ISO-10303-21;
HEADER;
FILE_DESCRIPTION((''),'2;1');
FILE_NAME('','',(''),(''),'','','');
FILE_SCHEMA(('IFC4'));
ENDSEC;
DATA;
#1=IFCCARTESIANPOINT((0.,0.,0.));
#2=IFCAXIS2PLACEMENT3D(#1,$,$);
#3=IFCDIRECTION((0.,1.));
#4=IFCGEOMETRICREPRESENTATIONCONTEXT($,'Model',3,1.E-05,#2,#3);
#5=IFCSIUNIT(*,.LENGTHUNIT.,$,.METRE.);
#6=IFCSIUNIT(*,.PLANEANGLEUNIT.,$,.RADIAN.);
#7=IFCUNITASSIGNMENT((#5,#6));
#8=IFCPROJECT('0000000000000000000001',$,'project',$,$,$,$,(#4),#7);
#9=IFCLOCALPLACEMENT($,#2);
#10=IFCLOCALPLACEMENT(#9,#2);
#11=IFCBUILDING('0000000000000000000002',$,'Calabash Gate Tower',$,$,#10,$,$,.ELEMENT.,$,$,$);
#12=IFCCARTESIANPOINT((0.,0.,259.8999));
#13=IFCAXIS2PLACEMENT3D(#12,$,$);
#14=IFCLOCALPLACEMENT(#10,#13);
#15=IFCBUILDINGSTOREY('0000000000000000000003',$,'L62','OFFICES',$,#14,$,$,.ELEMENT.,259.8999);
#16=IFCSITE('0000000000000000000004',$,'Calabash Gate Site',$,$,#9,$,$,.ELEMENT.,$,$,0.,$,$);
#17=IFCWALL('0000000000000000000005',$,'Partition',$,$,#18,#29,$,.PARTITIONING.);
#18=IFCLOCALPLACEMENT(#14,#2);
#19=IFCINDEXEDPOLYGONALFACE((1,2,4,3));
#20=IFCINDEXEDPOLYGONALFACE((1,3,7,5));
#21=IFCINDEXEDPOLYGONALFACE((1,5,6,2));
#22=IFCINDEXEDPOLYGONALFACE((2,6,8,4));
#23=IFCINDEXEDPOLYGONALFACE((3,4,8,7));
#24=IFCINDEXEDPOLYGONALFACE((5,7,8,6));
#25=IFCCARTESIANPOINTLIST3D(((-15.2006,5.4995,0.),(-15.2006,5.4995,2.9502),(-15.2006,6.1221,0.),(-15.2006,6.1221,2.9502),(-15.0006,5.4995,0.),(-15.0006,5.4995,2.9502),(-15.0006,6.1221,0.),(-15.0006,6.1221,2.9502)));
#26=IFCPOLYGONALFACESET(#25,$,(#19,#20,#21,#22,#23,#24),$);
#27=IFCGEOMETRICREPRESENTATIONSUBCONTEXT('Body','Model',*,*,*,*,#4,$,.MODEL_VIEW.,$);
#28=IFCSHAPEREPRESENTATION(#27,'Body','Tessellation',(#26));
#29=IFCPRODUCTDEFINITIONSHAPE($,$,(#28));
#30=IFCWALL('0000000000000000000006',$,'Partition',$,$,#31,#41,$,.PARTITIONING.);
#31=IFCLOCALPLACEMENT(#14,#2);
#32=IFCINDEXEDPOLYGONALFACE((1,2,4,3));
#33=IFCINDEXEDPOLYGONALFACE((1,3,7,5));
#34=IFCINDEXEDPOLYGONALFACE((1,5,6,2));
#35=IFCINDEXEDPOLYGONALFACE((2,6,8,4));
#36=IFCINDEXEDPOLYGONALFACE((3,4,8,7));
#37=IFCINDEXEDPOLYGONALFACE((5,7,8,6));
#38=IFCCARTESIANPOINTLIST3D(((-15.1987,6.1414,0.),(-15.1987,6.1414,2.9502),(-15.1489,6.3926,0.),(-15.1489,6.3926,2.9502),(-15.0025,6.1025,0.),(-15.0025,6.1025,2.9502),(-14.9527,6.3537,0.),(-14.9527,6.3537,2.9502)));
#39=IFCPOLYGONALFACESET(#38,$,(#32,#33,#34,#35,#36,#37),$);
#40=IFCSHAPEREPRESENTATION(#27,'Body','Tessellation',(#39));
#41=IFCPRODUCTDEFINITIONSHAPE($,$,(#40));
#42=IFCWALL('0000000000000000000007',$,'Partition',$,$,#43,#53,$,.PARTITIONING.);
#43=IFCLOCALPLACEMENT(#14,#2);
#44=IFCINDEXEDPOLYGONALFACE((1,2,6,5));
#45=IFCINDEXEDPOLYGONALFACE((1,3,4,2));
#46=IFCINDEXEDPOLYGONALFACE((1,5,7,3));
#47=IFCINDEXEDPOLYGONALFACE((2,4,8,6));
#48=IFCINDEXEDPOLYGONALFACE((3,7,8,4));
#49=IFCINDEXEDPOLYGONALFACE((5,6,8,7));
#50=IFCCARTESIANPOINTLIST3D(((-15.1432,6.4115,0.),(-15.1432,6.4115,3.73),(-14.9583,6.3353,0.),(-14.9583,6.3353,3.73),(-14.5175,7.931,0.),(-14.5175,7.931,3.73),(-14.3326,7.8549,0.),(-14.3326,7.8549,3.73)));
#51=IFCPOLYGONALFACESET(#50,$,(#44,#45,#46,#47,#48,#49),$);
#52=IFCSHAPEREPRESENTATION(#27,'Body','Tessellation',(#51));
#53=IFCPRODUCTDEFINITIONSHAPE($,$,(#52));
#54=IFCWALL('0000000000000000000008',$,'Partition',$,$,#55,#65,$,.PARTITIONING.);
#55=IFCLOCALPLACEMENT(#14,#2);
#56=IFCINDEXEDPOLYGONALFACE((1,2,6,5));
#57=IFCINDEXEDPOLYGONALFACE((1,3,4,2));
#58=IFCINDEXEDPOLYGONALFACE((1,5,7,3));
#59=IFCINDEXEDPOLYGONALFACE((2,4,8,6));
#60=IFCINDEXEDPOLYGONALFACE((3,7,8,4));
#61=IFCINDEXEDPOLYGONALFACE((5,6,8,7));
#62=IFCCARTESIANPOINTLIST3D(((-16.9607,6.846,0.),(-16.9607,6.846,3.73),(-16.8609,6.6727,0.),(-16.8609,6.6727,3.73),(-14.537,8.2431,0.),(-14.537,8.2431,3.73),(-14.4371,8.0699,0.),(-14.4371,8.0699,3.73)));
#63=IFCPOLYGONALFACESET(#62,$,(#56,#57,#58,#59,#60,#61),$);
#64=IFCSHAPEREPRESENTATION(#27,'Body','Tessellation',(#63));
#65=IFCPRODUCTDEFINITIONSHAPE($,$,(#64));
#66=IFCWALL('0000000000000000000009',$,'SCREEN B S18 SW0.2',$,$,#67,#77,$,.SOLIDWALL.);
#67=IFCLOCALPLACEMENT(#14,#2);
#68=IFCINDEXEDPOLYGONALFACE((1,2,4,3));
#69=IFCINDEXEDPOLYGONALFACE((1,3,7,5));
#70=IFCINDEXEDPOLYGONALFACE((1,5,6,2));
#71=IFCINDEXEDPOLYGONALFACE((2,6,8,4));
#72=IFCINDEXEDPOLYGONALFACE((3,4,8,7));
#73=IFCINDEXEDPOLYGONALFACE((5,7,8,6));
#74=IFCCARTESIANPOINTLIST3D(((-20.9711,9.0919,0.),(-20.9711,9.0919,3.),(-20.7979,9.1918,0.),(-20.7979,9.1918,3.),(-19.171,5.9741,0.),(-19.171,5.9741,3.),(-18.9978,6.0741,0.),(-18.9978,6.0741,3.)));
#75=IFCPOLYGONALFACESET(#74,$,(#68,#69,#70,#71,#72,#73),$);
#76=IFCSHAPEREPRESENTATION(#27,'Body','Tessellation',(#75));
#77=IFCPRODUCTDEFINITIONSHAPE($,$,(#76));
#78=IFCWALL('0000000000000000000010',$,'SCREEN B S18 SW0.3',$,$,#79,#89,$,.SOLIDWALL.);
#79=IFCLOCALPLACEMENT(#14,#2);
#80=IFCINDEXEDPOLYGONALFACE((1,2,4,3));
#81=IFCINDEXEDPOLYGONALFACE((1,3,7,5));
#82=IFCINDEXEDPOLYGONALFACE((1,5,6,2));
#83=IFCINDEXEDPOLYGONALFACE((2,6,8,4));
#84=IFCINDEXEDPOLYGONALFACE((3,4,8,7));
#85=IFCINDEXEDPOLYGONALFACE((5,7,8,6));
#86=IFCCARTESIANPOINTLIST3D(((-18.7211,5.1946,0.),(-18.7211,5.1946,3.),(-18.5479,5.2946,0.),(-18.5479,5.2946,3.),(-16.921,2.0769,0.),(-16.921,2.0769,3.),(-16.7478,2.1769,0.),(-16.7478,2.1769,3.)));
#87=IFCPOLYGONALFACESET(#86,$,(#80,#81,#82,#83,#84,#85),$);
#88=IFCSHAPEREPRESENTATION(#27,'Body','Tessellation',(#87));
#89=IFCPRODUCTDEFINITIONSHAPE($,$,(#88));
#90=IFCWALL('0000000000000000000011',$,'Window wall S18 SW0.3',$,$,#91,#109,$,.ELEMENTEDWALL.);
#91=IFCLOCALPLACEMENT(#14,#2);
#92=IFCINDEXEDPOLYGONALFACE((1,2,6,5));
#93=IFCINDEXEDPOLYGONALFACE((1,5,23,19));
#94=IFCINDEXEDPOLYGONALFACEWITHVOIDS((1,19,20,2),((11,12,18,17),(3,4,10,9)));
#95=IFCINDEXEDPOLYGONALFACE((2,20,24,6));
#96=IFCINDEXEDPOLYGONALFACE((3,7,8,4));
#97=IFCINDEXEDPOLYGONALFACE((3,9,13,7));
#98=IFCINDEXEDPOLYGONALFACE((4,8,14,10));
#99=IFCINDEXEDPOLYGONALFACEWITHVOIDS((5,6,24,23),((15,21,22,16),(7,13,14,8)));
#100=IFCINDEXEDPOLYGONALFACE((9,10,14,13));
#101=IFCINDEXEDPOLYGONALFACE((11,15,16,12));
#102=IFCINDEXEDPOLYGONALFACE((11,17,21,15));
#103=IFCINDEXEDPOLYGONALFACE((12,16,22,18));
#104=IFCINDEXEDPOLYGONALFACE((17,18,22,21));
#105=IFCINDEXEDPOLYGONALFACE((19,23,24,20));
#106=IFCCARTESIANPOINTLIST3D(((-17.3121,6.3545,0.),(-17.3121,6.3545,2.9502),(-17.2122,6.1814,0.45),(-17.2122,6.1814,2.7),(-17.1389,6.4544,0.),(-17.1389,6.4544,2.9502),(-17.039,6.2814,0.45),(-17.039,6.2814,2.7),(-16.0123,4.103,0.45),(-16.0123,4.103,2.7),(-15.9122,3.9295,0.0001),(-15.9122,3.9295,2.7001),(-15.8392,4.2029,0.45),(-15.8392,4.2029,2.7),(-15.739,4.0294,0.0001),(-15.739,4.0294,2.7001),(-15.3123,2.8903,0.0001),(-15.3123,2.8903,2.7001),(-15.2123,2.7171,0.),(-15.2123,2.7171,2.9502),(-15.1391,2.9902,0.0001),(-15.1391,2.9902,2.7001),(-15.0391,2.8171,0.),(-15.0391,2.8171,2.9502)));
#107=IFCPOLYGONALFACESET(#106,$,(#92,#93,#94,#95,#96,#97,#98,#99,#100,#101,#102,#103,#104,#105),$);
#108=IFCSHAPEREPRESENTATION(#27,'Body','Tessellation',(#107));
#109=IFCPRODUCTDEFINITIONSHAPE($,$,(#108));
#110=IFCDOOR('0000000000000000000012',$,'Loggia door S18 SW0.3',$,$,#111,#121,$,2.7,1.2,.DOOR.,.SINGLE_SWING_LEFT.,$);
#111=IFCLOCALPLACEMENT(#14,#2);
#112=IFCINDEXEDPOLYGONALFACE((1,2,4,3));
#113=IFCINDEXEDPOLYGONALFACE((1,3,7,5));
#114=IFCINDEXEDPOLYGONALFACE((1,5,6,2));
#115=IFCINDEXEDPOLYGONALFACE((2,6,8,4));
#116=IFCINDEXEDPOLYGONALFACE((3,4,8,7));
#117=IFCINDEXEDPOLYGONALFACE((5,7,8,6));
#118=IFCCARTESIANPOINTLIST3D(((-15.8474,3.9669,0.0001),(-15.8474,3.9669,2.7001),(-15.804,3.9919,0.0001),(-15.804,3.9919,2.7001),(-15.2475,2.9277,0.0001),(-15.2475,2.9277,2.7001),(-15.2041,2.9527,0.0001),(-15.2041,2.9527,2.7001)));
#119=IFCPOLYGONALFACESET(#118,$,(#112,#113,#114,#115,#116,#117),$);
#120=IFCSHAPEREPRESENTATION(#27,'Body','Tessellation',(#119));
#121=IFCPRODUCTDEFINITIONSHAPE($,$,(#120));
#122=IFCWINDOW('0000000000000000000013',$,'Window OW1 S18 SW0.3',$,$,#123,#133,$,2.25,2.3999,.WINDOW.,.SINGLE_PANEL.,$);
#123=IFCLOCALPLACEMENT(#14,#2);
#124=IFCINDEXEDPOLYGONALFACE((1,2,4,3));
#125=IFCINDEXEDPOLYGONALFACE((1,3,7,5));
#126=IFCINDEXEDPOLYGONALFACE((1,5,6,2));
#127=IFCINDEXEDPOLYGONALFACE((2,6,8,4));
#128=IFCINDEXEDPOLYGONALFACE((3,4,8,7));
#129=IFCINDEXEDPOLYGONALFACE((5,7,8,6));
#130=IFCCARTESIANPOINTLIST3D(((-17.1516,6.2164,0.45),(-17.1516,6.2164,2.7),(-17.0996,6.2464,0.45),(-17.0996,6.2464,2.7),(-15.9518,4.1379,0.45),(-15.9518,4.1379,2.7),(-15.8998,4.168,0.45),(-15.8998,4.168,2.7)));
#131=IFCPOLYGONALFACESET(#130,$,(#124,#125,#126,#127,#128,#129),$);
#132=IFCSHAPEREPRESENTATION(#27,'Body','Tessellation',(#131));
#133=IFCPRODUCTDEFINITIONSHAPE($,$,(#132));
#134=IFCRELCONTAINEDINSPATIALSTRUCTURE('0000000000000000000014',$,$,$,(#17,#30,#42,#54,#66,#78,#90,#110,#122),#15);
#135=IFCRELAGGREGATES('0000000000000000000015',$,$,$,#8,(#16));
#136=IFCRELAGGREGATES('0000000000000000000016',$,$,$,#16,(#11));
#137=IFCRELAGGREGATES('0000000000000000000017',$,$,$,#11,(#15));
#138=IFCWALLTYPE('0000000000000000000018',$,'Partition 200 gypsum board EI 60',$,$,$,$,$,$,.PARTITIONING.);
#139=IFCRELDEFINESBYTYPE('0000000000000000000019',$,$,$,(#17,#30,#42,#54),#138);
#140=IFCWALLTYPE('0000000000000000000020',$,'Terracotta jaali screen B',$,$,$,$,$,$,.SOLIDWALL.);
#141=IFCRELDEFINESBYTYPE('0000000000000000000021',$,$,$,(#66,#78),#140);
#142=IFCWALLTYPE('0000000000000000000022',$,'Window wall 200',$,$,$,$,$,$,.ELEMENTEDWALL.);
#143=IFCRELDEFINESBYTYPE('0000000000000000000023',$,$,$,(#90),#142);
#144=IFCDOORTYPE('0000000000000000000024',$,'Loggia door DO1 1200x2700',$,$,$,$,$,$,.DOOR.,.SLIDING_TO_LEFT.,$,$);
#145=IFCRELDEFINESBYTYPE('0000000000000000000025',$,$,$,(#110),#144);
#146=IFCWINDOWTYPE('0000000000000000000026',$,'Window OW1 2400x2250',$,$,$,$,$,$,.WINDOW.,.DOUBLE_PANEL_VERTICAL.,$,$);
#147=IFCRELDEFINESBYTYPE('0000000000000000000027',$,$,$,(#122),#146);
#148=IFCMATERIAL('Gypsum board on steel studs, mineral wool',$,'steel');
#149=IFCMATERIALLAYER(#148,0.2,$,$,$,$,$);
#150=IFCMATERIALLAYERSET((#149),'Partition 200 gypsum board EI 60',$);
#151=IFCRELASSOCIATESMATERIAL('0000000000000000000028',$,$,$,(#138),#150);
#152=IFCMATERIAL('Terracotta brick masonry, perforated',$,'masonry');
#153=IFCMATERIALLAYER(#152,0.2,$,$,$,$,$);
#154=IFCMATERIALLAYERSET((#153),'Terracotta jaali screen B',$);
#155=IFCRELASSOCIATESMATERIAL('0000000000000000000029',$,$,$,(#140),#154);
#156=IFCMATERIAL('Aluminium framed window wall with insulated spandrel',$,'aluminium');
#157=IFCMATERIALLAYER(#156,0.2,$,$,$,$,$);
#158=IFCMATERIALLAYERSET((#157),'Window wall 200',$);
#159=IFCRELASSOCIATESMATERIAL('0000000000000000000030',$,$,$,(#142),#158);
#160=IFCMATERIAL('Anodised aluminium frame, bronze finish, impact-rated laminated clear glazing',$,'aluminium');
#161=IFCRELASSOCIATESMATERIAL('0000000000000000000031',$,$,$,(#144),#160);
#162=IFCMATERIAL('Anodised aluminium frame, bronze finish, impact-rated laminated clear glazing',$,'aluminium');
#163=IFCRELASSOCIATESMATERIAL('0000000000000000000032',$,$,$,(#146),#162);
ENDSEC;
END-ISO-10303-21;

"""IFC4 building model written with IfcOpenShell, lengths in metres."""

from ifc_helpers import new_model, si_unit, direction, frame, frame_2d, origin, place, context, subcontext, project, spatial, rectangle, extrude, material, layer, layer_set, type_object, element, fill, save


model = new_model("IFC4")

# Units and contexts
model_context = context("Model", 3, precision=1e-05, world=origin(), true_north=direction((0.0, 1.0)))
body_context = subcontext(model_context, "Body", "Model", "MODEL_VIEW")
ifc_project = project(units=[si_unit("LENGTHUNIT", "METRE"), si_unit("PLANEANGLEUNIT", "RADIAN")], contexts=[model_context])

# Site, building, storey
site_placement = place(None, origin())
site = spatial("IfcSite", under=ifc_project, at=site_placement, Name="Calabash Gate Site", CompositionType="ELEMENT", RefElevation=0.0)
building_placement = place(site_placement, origin())
building = spatial("IfcBuilding", under=site, at=building_placement, Name="Calabash Gate Tower", CompositionType="ELEMENT")
storey_placement = place(building_placement, frame((0.0, 0.0, 259.8999)))
storey = spatial("IfcBuildingStorey", under=building, at=storey_placement, Name="L62", Description="OFFICES", CompositionType="ELEMENT", Elevation=259.8999)

# Walls
ifc_material_1 = material(Name="Gypsum board on steel studs, mineral wool", Category="steel")
ifc_layer_1 = layer(ifc_material_1, 0.2)
ifc_layer_set_1 = layer_set([ifc_layer_1], Name="Partition 200 gypsum board EI 60")
wall_type_1 = type_object("IfcWallType", Name="Partition 200 gypsum board EI 60", PredefinedType="PARTITIONING", material=ifc_layer_set_1)
wall_1_placement = place(storey_placement, frame((-15.1006, 5.4995, 0.0), z_axis=(0.0, 0.0, 1.0), x_axis=(0.0, 1.0, 0.0)))
element("IfcWall", 1, at=wall_1_placement, inside=storey, type_object=wall_type_1, Name="Partition", PredefinedType="PARTITIONING", context=body_context, shape_type="SweptSolid", body=[
    extrude(rectangle(XDim=0.6226, YDim=0.2, at=frame_2d((0.3113, 0.0))), origin(), (0.0, 0.0, 1.0), 2.9502),
])
wall_2_placement = place(storey_placement, frame((-15.1006, 6.1221, 0.0), z_axis=(0.0, 0.0, 1.0), x_axis=(0.194466, 0.980909, 0.0)))
element("IfcWall", 2, at=wall_2_placement, inside=storey, type_object=wall_type_1, Name="Partition", PredefinedType="PARTITIONING", context=body_context, shape_type="SweptSolid", body=[
    extrude(rectangle(XDim=0.2561, YDim=0.2, at=frame_2d((0.1279, 0.0))), origin(), (0.0, 0.0, 1.0), 2.9502),
])
wall_3_placement = place(storey_placement, frame((-15.0508, 6.3733, 0.0), z_axis=(0.0, 0.0, 1.0), x_axis=(0.380772, 0.924669, 0.0)))
element("IfcWall", 3, at=wall_3_placement, inside=storey, type_object=wall_type_1, Name="Partition", PredefinedType="PARTITIONING", context=body_context, shape_type="SweptSolid", body=[
    extrude(rectangle(XDim=1.6433, YDim=0.2, at=frame_2d((0.8218, 0.0))), origin(), (0.0, 0.0, 1.0), 3.73),
])
wall_4_placement = place(storey_placement, frame((-16.9109, 6.7593, 0.0), z_axis=(0.0, 0.0, 1.0), x_axis=(0.866363, 0.499415, 0.0)))
element("IfcWall", 4, at=wall_4_placement, inside=storey, type_object=wall_type_1, Name="Partition", PredefinedType="PARTITIONING", context=body_context, shape_type="SweptSolid", body=[
    extrude(rectangle(XDim=2.7976, YDim=0.2, at=frame_2d((1.3989, 0.0))), origin(), (0.0, 0.0, 1.0), 3.73),
])

# Walls
ifc_material_2 = material(Name="Terracotta brick masonry, perforated", Category="masonry")
ifc_layer_2 = layer(ifc_material_2, 0.2)
ifc_layer_set_2 = layer_set([ifc_layer_2], Name="Terracotta jaali screen B")
wall_type_2 = type_object("IfcWallType", Name="Terracotta jaali screen B", PredefinedType="SOLIDWALL", material=ifc_layer_set_2)
for number, where, z_axis, x_axis, name in (
    (5, (-20.8845, 9.1418, 0.0), (0.0, 0.0, 1.0), (0.500012, -0.866018, 0.0), "SCREEN B S18 SW0.2"),
    (6, (-18.6345, 5.2446, 0.0), (0.0, 0.0, 1.0), (0.500012, -0.866018, 0.0), "SCREEN B S18 SW0.3"),
):
    element("IfcWall", number, at=place(storey_placement, frame(where, z_axis=z_axis, x_axis=x_axis)), inside=storey, type_object=wall_type_2, Name=name, PredefinedType="SOLIDWALL", context=body_context, shape_type="SweptSolid", body=[
        extrude(rectangle(XDim=3.6001, YDim=0.2, at=frame_2d((1.8, 0.0))), origin(), (0.0, 0.0, 1.0), 3.0),
    ])

# Wall, openings, door, window
ifc_material_3 = material(Name="Aluminium framed window wall with insulated spandrel", Category="aluminium")
ifc_layer_3 = layer(ifc_material_3, 0.2)
ifc_layer_set_3 = layer_set([ifc_layer_3], Name="Window wall 200")
wall_type_3 = type_object("IfcWallType", Name="Window wall 200", PredefinedType="ELEMENTEDWALL", material=ifc_layer_set_3)
wall_5_placement = place(storey_placement, frame((-17.2256, 6.4045, 0.0), z_axis=(0.0, 0.0, 1.0), x_axis=(0.499959, -0.866049, 0.0)))
wall_5 = element("IfcWall", 7, at=wall_5_placement, inside=storey, type_object=wall_type_3, Name="Window wall S18 SW0.3", PredefinedType="ELEMENTEDWALL", context=body_context, shape_type="SweptSolid", body=[
    extrude(rectangle(XDim=4.2, YDim=0.2, at=frame_2d((2.1001, 0.0))), origin(), (0.0, 0.0, 1.0), 2.9502),
])
opening_1_placement = place(wall_5_placement, frame((0.2, 0.0, 0.45)))
opening_1 = element("IfcOpeningElement", 8, at=opening_1_placement, cuts=wall_5, PredefinedType="OPENING", context=body_context, shape_type="SweptSolid", body=[
    extrude(rectangle(XDim=2.3999, YDim=2.25, at=frame_2d((1.2, 1.125))), frame((0.0, 0.1099, 0.0), z_axis=(0.0, -1.0, 0.0), x_axis=(1.0, 0.0, 0.0)), (0.0, 0.0, 1.0), 0.22),
])
opening_2_placement = place(wall_5_placement, frame((2.8, 0.0, 0.0)))
opening_2 = element("IfcOpeningElement", 9, at=opening_2_placement, cuts=wall_5, PredefinedType="OPENING", context=body_context, shape_type="SweptSolid", body=[
    extrude(rectangle(XDim=1.2, YDim=2.7, at=frame_2d((0.6001, 1.3501))), frame((0.0, 0.1099, 0.0), z_axis=(0.0, -1.0, 0.0), x_axis=(1.0, 0.0, 0.0)), (0.0, 0.0, 1.0), 0.22),
])
ifc_material_4 = material(Name="Anodised aluminium frame, bronze finish, impact-rated laminated clear glazing", Category="aluminium")
door_type_1 = type_object("IfcDoorType", Name="Loggia door DO1 1200x2700", OperationType="SLIDING_TO_LEFT", PredefinedType="DOOR", material=ifc_material_4)
door_1_placement = place(opening_2_placement, origin())
door_1 = element("IfcDoor", 10, at=door_1_placement, inside=storey, type_object=door_type_1, Name="Loggia door S18 SW0.3", OperationType="SINGLE_SWING_LEFT", OverallHeight=2.7, OverallWidth=1.2, PredefinedType="DOOR", context=body_context, shape_type="SweptSolid", body=[
    extrude(rectangle(XDim=1.2, YDim=2.7, at=frame_2d((0.6001, 1.3501))), frame((0.0, 0.0249, 0.0), z_axis=(0.0, -1.0, 0.0), x_axis=(1.0, 0.0, 0.0)), (0.0, 0.0, 1.0), 0.05),
])
fill(opening_2, door_1)
ifc_material_5 = material(Name="Anodised aluminium frame, bronze finish, impact-rated laminated clear glazing", Category="aluminium")
window_type = type_object("IfcWindowType", Name="Window OW1 2400x2250", PartitioningType="DOUBLE_PANEL_VERTICAL", PredefinedType="WINDOW", material=ifc_material_5)
window_placement = place(opening_1_placement, origin())
window = element("IfcWindow", 11, at=window_placement, inside=storey, type_object=window_type, Name="Window OW1 S18 SW0.3", OverallHeight=2.25, OverallWidth=2.3999, PartitioningType="SINGLE_PANEL", PredefinedType="WINDOW", context=body_context, shape_type="SweptSolid", body=[
    extrude(rectangle(XDim=2.3999, YDim=2.25, at=frame_2d((1.2, 1.125))), frame((0.0, 0.03, 0.0), z_axis=(0.0, -1.0, 0.0), x_axis=(1.0, 0.0, 0.0)), (0.0, 0.0, 1.0), 0.0601),
])
fill(opening_1, window)

save(model, "model.ifc")
